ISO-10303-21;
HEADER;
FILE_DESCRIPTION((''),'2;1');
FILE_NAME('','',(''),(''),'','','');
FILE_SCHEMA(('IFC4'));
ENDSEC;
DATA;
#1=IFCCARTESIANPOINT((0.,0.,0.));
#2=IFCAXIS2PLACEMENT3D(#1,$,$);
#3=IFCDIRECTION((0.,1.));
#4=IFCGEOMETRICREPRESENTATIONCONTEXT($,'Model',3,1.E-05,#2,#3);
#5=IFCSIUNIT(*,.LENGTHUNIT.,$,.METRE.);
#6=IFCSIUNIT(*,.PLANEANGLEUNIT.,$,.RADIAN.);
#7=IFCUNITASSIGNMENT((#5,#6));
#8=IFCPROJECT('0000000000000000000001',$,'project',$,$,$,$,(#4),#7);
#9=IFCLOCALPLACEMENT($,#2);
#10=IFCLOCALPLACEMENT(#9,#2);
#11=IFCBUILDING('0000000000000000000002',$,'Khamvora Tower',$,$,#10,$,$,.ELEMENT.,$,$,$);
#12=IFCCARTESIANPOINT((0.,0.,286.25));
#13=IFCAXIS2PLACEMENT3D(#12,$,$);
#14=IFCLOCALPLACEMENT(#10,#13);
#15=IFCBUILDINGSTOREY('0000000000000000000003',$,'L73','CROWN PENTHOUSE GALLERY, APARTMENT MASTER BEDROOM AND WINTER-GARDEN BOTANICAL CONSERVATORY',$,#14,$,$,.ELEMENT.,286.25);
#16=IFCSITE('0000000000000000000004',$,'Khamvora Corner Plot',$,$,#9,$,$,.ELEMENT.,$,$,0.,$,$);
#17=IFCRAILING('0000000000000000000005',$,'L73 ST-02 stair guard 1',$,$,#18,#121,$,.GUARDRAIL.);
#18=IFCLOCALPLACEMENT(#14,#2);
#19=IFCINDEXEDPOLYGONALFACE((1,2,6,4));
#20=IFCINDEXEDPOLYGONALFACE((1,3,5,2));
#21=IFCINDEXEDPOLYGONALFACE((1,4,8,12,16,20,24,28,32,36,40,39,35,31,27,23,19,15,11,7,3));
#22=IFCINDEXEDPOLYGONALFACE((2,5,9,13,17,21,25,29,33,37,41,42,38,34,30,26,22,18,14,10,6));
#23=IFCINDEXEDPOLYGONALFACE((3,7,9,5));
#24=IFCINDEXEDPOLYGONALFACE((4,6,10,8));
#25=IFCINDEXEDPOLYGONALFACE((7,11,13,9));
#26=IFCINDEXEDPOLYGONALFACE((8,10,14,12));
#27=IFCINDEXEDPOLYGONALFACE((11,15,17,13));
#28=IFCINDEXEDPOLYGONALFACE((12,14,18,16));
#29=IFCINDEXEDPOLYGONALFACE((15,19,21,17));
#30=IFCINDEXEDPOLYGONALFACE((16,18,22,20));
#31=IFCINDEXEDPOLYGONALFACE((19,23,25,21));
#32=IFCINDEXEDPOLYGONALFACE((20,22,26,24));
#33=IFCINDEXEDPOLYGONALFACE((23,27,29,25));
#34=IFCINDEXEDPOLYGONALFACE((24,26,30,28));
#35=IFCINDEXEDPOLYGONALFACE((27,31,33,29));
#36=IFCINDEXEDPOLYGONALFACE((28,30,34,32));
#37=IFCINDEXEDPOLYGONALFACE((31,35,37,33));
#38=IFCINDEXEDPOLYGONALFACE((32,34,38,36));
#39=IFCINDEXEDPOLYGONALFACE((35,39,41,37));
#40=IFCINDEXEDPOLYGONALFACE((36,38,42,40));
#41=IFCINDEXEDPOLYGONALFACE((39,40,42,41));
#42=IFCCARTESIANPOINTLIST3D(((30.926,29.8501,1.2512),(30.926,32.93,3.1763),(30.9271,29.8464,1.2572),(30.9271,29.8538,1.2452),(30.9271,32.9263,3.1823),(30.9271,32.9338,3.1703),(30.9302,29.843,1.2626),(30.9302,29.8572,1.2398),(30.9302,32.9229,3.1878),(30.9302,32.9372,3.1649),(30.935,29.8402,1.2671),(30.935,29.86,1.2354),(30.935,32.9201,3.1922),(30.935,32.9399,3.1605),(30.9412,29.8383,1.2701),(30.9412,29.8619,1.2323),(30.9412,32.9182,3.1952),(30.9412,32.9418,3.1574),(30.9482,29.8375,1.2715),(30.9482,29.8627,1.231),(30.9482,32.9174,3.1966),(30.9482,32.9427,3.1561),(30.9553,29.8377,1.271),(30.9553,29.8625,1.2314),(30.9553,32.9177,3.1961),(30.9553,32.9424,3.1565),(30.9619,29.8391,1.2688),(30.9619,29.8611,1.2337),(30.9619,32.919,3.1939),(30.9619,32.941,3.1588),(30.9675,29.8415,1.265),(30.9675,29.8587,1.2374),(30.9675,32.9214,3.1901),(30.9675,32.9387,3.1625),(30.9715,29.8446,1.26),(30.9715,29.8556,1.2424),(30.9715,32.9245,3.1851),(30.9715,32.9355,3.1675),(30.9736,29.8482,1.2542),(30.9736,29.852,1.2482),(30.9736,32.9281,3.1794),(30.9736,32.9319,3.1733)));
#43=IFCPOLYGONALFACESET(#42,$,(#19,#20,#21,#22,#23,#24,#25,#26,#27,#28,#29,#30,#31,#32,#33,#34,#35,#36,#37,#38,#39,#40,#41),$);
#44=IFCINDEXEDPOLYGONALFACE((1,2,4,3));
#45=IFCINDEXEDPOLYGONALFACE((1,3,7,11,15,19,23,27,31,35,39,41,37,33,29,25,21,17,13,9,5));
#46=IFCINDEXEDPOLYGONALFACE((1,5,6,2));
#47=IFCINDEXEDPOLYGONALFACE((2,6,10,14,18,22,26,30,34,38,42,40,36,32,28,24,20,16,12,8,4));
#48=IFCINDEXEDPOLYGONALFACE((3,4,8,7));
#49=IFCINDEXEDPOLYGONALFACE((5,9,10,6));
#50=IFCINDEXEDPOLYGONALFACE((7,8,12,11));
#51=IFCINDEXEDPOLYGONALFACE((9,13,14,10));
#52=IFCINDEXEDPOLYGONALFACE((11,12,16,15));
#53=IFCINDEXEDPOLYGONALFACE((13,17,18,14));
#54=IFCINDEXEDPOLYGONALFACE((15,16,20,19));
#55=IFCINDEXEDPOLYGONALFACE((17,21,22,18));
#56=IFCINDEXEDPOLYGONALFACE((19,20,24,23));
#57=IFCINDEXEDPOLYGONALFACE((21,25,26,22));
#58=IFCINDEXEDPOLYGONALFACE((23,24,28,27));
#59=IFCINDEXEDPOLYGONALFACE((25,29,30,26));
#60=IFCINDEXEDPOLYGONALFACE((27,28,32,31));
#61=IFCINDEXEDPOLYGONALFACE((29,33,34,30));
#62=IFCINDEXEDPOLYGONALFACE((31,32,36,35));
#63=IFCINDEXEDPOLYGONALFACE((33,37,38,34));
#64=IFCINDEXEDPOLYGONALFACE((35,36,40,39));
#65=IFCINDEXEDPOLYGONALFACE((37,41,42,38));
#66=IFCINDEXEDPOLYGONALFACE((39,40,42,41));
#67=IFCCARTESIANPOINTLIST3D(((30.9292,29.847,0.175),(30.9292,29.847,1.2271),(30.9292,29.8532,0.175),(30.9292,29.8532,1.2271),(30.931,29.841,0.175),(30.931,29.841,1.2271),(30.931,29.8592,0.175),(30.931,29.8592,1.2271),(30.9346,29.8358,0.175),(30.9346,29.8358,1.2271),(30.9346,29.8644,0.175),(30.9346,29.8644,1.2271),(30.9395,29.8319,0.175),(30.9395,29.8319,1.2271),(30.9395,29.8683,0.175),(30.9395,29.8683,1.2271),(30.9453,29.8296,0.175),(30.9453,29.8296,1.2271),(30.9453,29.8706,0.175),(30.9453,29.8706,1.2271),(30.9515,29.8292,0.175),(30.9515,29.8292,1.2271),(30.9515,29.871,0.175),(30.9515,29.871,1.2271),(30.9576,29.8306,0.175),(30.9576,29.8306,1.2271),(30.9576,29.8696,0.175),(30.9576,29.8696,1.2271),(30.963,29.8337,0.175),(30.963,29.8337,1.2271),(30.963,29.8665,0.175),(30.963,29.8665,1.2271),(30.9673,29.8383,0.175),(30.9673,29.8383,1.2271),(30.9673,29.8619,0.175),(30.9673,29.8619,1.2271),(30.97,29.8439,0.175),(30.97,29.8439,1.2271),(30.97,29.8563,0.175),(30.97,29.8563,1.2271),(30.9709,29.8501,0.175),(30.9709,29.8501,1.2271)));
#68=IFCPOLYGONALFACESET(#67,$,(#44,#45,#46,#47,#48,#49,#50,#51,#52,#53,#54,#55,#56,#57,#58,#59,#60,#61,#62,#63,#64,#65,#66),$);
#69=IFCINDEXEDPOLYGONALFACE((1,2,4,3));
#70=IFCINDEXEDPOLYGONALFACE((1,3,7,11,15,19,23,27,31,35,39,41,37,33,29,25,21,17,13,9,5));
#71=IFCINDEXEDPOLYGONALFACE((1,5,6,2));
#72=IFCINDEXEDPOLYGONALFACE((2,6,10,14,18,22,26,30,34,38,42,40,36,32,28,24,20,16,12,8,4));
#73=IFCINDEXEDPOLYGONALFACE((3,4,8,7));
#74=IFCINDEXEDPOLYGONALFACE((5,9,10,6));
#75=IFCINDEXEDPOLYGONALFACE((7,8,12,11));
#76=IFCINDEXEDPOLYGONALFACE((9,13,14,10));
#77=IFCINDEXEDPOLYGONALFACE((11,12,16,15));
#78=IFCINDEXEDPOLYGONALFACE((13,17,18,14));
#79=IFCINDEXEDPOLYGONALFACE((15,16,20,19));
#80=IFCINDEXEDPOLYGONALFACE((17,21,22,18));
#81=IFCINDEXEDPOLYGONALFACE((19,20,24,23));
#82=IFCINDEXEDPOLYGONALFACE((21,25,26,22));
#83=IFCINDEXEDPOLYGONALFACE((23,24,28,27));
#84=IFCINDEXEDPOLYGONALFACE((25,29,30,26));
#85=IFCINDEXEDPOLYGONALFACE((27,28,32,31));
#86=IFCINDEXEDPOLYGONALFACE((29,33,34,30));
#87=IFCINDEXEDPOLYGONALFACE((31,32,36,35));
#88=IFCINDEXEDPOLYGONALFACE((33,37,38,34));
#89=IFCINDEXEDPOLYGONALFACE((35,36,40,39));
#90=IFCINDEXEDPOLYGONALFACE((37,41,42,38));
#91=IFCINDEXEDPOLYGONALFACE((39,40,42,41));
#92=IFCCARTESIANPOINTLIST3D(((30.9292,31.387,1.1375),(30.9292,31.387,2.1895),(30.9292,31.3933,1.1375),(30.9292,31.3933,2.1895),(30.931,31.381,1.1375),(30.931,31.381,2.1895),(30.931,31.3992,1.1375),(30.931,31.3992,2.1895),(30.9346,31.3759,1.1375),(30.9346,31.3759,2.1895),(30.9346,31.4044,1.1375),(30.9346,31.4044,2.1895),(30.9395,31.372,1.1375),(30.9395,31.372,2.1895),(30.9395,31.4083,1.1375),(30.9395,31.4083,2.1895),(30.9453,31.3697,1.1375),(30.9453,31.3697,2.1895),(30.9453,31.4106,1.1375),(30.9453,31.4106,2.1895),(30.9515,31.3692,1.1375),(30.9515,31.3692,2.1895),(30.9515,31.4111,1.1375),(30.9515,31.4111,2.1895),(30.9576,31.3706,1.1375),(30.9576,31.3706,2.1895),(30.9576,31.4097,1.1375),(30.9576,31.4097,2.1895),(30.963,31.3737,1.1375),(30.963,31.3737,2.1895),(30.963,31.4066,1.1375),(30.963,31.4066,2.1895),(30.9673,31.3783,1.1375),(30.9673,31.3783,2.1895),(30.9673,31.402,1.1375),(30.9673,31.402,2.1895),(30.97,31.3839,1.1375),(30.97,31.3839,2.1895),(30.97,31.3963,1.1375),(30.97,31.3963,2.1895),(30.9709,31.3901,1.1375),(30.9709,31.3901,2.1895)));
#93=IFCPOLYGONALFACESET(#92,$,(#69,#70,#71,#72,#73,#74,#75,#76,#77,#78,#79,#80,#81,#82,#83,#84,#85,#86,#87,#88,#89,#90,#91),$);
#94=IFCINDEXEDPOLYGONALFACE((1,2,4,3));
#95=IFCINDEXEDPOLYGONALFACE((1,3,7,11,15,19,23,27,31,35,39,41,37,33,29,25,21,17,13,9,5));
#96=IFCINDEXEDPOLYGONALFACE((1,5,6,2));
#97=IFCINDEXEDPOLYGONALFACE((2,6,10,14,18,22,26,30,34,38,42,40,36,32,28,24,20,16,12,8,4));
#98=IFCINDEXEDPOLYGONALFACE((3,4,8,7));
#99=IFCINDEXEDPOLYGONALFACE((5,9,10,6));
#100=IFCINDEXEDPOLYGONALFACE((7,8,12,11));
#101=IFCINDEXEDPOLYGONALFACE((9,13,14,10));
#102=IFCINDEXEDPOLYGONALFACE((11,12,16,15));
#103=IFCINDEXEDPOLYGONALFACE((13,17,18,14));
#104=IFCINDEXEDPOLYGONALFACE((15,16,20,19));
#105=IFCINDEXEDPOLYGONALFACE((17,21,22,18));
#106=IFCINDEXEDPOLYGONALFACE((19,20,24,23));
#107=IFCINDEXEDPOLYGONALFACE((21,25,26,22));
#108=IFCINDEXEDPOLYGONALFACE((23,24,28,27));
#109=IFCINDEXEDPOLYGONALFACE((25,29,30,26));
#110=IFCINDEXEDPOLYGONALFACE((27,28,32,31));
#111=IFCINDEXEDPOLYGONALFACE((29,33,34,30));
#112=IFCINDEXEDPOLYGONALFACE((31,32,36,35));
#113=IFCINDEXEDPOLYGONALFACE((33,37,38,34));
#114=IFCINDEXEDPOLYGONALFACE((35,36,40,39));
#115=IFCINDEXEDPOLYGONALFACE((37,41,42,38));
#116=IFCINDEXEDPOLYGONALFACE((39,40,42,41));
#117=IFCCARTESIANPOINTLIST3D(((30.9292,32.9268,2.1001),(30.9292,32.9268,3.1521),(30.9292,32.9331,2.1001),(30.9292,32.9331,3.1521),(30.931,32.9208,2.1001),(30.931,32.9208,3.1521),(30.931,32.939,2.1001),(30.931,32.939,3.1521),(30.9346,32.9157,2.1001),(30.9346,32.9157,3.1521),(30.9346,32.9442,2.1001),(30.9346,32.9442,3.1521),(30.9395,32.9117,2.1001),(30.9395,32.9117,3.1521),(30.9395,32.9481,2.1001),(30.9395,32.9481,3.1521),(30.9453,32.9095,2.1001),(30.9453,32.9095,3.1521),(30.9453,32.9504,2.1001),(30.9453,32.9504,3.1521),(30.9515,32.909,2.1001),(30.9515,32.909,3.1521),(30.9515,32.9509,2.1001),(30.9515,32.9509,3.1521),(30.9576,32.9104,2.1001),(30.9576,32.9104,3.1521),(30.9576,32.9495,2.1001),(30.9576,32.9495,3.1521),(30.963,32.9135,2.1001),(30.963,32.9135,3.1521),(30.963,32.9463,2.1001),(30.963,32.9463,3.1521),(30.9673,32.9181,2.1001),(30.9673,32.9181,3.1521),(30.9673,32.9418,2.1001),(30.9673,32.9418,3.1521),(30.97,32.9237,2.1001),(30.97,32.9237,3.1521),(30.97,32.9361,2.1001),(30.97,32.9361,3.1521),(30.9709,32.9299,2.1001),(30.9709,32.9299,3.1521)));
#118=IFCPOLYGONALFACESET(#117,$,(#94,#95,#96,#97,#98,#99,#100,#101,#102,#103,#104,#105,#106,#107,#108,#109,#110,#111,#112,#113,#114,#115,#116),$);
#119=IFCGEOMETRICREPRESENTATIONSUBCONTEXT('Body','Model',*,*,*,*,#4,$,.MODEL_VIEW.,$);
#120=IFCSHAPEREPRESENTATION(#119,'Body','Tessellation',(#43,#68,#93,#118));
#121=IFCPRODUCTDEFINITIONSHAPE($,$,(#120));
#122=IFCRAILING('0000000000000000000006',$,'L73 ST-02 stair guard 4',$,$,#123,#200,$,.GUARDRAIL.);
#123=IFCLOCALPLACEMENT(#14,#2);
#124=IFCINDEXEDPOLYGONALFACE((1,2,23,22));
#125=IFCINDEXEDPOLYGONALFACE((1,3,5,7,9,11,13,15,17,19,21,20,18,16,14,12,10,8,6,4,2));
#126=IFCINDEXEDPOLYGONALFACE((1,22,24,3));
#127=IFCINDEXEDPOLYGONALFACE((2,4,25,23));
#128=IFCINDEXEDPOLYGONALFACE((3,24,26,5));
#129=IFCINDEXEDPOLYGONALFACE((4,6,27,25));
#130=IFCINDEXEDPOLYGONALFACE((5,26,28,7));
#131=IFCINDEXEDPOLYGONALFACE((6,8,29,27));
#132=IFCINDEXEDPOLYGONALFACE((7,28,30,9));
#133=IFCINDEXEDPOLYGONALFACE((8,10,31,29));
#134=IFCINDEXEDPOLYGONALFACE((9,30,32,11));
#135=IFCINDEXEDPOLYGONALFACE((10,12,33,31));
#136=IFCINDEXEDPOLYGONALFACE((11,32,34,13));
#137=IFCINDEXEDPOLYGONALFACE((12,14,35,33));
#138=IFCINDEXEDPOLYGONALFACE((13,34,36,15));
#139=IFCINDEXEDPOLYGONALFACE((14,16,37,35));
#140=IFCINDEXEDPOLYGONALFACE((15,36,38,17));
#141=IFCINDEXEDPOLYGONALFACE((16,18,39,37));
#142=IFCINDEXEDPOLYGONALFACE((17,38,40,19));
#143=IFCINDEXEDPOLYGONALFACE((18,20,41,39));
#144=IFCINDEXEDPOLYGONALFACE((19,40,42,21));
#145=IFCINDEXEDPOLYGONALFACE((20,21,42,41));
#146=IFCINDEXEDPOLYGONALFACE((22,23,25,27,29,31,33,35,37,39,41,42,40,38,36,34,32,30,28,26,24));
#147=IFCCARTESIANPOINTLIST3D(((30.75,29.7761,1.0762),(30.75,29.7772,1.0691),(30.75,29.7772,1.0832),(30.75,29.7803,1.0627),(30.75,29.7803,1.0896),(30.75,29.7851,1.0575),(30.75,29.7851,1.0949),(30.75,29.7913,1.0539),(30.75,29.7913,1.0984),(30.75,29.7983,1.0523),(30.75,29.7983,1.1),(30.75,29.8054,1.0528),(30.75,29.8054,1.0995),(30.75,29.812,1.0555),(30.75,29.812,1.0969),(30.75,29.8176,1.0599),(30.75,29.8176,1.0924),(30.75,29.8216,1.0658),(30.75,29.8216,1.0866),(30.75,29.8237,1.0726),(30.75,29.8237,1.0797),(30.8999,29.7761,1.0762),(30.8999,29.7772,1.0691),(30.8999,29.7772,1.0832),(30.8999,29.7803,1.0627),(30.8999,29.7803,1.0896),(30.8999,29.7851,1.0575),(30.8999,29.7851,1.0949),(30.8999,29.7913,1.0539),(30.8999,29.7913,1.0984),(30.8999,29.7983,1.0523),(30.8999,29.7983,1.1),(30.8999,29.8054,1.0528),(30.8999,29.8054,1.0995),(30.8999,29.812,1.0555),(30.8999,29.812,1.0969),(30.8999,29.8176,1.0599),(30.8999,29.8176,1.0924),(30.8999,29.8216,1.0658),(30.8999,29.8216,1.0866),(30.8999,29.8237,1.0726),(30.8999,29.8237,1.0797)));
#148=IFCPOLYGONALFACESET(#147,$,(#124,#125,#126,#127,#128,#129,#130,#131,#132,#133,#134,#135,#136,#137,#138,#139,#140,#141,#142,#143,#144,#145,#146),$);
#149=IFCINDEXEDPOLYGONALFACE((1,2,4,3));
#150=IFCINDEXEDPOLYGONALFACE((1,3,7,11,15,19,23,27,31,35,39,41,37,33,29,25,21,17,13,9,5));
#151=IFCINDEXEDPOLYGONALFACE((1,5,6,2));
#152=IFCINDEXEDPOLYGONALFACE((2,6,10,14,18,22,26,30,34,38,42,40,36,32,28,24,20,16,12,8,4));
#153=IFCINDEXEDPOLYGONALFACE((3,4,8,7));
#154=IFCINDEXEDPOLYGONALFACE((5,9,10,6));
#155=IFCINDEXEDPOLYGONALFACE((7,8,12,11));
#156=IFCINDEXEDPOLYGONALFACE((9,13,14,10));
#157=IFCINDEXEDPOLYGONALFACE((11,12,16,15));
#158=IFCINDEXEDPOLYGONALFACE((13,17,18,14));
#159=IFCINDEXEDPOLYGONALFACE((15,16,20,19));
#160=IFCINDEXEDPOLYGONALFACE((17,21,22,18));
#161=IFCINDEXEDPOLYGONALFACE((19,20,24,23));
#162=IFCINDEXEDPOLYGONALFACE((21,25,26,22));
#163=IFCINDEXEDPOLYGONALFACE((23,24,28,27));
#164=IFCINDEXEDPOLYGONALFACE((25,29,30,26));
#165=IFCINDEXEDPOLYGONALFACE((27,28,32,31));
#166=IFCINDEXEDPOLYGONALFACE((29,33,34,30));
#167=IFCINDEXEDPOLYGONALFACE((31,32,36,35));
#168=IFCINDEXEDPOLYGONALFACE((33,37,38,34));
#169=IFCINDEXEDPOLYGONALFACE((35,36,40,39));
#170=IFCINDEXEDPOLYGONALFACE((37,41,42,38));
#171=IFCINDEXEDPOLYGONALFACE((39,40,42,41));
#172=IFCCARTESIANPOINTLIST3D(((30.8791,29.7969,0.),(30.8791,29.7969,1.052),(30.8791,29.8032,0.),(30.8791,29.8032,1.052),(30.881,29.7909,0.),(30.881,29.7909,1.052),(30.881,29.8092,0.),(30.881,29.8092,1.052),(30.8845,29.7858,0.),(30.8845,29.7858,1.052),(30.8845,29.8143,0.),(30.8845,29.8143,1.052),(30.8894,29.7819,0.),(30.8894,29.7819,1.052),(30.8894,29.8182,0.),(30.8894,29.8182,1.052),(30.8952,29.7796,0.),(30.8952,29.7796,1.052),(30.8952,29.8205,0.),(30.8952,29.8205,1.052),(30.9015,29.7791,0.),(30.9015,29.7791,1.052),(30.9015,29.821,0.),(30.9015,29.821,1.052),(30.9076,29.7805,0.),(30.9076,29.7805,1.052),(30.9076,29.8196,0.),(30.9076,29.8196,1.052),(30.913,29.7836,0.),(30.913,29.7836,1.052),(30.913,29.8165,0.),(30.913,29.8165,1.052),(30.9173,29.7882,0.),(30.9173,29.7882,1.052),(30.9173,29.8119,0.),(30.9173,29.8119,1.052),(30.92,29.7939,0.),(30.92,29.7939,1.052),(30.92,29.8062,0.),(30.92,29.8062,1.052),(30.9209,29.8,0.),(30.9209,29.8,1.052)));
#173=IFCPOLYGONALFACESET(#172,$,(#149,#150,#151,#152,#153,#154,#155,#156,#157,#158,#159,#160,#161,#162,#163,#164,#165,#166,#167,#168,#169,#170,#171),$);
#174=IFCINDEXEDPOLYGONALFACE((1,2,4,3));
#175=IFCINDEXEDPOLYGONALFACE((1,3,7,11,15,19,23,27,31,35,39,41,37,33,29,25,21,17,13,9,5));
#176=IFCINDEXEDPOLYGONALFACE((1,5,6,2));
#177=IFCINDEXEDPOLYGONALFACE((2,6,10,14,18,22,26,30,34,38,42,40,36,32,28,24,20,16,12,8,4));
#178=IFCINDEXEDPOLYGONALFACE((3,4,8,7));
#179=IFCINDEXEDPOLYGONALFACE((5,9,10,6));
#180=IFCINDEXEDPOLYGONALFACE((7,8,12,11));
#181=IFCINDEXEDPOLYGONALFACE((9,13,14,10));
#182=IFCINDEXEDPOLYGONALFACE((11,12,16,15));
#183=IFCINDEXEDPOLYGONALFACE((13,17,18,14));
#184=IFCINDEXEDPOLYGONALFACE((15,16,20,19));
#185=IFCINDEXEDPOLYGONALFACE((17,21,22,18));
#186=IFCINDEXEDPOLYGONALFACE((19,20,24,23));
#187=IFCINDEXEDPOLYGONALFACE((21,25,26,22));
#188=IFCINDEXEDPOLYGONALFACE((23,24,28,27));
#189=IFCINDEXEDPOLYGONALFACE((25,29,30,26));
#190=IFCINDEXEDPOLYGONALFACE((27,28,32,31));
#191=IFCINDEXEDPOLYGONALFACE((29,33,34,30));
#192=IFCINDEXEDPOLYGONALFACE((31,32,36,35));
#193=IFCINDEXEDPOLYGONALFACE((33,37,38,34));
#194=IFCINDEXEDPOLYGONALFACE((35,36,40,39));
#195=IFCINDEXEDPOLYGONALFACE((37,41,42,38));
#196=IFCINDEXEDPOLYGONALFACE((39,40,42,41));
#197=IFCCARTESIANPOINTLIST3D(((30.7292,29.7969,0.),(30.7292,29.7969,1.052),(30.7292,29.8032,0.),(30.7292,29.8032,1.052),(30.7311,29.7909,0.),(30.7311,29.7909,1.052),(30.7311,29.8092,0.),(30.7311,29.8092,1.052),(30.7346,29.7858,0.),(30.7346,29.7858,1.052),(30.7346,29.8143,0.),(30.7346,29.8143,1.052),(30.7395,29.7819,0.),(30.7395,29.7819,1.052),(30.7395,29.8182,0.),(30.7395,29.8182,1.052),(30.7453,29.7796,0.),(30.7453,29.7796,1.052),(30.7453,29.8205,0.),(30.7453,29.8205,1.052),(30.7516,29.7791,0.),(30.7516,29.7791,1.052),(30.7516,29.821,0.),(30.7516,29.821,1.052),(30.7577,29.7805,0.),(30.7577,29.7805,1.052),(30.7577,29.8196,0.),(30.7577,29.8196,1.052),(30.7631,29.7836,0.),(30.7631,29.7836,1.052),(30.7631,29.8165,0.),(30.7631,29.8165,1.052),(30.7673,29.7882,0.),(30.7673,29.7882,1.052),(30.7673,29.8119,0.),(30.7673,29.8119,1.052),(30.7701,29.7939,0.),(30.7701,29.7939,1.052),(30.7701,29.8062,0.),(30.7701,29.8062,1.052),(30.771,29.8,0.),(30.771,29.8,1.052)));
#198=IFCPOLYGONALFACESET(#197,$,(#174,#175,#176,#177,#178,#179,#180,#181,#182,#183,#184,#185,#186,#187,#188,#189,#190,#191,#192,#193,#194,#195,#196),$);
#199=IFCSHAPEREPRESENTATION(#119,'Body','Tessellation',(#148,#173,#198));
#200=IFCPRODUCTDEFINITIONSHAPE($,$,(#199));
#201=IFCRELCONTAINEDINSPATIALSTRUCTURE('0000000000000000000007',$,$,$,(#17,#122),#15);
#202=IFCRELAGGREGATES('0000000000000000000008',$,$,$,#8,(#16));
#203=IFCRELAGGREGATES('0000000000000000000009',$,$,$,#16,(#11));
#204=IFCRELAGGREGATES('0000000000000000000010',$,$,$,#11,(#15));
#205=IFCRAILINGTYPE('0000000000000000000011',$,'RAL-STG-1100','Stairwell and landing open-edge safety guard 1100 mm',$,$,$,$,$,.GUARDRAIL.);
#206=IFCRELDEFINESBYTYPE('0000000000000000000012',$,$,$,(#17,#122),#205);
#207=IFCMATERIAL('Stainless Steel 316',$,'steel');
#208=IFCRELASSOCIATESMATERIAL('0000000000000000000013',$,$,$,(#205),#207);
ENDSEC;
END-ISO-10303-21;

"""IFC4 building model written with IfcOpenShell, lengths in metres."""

from ifc_helpers import new_model, si_unit, direction, frame, origin, origin_2d, place, context, subcontext, project, spatial, circle, extrude, material, type_object, element, save


model = new_model("IFC4")

# Units and contexts
model_context = context("Model", 3, precision=1e-05, world=origin(), true_north=direction((0.0, 1.0)))
body_context = subcontext(model_context, "Body", "Model", "MODEL_VIEW")
ifc_project = project(units=[si_unit("LENGTHUNIT", "METRE"), si_unit("PLANEANGLEUNIT", "RADIAN")], contexts=[model_context])

# Site, building, storey
site_placement = place(None, origin())
site = spatial("IfcSite", under=ifc_project, at=site_placement, Name="Khamvora Corner Plot", CompositionType="ELEMENT", RefElevation=0.0)
building_placement = place(site_placement, origin())
building = spatial("IfcBuilding", under=site, at=building_placement, Name="Khamvora Tower", CompositionType="ELEMENT")
storey_placement = place(building_placement, frame((0.0, 0.0, 286.25)))
storey = spatial("IfcBuildingStorey", under=building, at=storey_placement, Name="L73", Description="CROWN PENTHOUSE GALLERY, APARTMENT MASTER BEDROOM AND WINTER-GARDEN BOTANICAL CONSERVATORY", CompositionType="ELEMENT", Elevation=286.25)

# Railings
ifc_material_1 = material(Name="Stainless Steel 316", Category="steel")
railing_type_1 = type_object("IfcRailingType", Name="RAL-STG-1100", Description="Stairwell and landing open-edge safety guard 1100 mm", PredefinedType="GUARDRAIL", material=ifc_material_1)
railing_1_placement = place(storey_placement, frame((30.95, 29.8501, 0.175)))
element("IfcRailing", 1, at=railing_1_placement, inside=storey, type_object=railing_type_1, Name="L73 ST-02 stair guard 1", PredefinedType="GUARDRAIL", context=body_context, shape_type="SweptSolid", body=[
    extrude(circle(Radius=0.0239, at=origin_2d()), frame((0.0, 0.0, 1.0762), z_axis=(0.0, 0.847979, 0.530029), x_axis=(-1.0, 0.0, 0.0)), (0.0, 0.0, 1.0), 3.6321),
    extrude(circle(Radius=0.021, at=origin_2d()), origin(), (0.0, 0.0, 1.0), 1.052),
    extrude(circle(Radius=0.021, at=origin_2d()), frame((0.0, 1.54, 0.9624)), (0.0, 0.0, 1.0), 1.052),
    extrude(circle(Radius=0.021, at=origin_2d()), frame((0.0, 3.0798, 1.925)), (0.0, 0.0, 1.0), 1.052),
])
railing_2_placement = place(storey_placement, frame((30.8999, 29.8, 0.0)))
element("IfcRailing", 2, at=railing_2_placement, inside=storey, type_object=railing_type_1, Name="L73 ST-02 stair guard 4", PredefinedType="GUARDRAIL", context=body_context, shape_type="SweptSolid", body=[
    extrude(circle(Radius=0.0239, at=origin_2d()), frame((0.0, 0.0, 1.0762), z_axis=(-1.0, 0.0, 0.0), x_axis=(0.0, -1.0, 0.0)), (0.0, 0.0, 1.0), 0.1499),
    extrude(circle(Radius=0.021, at=origin_2d()), origin(), (0.0, 0.0, 1.0), 1.052),
    extrude(circle(Radius=0.021, at=origin_2d()), frame((-0.1499, 0.0, 0.0)), (0.0, 0.0, 1.0), 1.052),
])

save(model, "model.ifc")
